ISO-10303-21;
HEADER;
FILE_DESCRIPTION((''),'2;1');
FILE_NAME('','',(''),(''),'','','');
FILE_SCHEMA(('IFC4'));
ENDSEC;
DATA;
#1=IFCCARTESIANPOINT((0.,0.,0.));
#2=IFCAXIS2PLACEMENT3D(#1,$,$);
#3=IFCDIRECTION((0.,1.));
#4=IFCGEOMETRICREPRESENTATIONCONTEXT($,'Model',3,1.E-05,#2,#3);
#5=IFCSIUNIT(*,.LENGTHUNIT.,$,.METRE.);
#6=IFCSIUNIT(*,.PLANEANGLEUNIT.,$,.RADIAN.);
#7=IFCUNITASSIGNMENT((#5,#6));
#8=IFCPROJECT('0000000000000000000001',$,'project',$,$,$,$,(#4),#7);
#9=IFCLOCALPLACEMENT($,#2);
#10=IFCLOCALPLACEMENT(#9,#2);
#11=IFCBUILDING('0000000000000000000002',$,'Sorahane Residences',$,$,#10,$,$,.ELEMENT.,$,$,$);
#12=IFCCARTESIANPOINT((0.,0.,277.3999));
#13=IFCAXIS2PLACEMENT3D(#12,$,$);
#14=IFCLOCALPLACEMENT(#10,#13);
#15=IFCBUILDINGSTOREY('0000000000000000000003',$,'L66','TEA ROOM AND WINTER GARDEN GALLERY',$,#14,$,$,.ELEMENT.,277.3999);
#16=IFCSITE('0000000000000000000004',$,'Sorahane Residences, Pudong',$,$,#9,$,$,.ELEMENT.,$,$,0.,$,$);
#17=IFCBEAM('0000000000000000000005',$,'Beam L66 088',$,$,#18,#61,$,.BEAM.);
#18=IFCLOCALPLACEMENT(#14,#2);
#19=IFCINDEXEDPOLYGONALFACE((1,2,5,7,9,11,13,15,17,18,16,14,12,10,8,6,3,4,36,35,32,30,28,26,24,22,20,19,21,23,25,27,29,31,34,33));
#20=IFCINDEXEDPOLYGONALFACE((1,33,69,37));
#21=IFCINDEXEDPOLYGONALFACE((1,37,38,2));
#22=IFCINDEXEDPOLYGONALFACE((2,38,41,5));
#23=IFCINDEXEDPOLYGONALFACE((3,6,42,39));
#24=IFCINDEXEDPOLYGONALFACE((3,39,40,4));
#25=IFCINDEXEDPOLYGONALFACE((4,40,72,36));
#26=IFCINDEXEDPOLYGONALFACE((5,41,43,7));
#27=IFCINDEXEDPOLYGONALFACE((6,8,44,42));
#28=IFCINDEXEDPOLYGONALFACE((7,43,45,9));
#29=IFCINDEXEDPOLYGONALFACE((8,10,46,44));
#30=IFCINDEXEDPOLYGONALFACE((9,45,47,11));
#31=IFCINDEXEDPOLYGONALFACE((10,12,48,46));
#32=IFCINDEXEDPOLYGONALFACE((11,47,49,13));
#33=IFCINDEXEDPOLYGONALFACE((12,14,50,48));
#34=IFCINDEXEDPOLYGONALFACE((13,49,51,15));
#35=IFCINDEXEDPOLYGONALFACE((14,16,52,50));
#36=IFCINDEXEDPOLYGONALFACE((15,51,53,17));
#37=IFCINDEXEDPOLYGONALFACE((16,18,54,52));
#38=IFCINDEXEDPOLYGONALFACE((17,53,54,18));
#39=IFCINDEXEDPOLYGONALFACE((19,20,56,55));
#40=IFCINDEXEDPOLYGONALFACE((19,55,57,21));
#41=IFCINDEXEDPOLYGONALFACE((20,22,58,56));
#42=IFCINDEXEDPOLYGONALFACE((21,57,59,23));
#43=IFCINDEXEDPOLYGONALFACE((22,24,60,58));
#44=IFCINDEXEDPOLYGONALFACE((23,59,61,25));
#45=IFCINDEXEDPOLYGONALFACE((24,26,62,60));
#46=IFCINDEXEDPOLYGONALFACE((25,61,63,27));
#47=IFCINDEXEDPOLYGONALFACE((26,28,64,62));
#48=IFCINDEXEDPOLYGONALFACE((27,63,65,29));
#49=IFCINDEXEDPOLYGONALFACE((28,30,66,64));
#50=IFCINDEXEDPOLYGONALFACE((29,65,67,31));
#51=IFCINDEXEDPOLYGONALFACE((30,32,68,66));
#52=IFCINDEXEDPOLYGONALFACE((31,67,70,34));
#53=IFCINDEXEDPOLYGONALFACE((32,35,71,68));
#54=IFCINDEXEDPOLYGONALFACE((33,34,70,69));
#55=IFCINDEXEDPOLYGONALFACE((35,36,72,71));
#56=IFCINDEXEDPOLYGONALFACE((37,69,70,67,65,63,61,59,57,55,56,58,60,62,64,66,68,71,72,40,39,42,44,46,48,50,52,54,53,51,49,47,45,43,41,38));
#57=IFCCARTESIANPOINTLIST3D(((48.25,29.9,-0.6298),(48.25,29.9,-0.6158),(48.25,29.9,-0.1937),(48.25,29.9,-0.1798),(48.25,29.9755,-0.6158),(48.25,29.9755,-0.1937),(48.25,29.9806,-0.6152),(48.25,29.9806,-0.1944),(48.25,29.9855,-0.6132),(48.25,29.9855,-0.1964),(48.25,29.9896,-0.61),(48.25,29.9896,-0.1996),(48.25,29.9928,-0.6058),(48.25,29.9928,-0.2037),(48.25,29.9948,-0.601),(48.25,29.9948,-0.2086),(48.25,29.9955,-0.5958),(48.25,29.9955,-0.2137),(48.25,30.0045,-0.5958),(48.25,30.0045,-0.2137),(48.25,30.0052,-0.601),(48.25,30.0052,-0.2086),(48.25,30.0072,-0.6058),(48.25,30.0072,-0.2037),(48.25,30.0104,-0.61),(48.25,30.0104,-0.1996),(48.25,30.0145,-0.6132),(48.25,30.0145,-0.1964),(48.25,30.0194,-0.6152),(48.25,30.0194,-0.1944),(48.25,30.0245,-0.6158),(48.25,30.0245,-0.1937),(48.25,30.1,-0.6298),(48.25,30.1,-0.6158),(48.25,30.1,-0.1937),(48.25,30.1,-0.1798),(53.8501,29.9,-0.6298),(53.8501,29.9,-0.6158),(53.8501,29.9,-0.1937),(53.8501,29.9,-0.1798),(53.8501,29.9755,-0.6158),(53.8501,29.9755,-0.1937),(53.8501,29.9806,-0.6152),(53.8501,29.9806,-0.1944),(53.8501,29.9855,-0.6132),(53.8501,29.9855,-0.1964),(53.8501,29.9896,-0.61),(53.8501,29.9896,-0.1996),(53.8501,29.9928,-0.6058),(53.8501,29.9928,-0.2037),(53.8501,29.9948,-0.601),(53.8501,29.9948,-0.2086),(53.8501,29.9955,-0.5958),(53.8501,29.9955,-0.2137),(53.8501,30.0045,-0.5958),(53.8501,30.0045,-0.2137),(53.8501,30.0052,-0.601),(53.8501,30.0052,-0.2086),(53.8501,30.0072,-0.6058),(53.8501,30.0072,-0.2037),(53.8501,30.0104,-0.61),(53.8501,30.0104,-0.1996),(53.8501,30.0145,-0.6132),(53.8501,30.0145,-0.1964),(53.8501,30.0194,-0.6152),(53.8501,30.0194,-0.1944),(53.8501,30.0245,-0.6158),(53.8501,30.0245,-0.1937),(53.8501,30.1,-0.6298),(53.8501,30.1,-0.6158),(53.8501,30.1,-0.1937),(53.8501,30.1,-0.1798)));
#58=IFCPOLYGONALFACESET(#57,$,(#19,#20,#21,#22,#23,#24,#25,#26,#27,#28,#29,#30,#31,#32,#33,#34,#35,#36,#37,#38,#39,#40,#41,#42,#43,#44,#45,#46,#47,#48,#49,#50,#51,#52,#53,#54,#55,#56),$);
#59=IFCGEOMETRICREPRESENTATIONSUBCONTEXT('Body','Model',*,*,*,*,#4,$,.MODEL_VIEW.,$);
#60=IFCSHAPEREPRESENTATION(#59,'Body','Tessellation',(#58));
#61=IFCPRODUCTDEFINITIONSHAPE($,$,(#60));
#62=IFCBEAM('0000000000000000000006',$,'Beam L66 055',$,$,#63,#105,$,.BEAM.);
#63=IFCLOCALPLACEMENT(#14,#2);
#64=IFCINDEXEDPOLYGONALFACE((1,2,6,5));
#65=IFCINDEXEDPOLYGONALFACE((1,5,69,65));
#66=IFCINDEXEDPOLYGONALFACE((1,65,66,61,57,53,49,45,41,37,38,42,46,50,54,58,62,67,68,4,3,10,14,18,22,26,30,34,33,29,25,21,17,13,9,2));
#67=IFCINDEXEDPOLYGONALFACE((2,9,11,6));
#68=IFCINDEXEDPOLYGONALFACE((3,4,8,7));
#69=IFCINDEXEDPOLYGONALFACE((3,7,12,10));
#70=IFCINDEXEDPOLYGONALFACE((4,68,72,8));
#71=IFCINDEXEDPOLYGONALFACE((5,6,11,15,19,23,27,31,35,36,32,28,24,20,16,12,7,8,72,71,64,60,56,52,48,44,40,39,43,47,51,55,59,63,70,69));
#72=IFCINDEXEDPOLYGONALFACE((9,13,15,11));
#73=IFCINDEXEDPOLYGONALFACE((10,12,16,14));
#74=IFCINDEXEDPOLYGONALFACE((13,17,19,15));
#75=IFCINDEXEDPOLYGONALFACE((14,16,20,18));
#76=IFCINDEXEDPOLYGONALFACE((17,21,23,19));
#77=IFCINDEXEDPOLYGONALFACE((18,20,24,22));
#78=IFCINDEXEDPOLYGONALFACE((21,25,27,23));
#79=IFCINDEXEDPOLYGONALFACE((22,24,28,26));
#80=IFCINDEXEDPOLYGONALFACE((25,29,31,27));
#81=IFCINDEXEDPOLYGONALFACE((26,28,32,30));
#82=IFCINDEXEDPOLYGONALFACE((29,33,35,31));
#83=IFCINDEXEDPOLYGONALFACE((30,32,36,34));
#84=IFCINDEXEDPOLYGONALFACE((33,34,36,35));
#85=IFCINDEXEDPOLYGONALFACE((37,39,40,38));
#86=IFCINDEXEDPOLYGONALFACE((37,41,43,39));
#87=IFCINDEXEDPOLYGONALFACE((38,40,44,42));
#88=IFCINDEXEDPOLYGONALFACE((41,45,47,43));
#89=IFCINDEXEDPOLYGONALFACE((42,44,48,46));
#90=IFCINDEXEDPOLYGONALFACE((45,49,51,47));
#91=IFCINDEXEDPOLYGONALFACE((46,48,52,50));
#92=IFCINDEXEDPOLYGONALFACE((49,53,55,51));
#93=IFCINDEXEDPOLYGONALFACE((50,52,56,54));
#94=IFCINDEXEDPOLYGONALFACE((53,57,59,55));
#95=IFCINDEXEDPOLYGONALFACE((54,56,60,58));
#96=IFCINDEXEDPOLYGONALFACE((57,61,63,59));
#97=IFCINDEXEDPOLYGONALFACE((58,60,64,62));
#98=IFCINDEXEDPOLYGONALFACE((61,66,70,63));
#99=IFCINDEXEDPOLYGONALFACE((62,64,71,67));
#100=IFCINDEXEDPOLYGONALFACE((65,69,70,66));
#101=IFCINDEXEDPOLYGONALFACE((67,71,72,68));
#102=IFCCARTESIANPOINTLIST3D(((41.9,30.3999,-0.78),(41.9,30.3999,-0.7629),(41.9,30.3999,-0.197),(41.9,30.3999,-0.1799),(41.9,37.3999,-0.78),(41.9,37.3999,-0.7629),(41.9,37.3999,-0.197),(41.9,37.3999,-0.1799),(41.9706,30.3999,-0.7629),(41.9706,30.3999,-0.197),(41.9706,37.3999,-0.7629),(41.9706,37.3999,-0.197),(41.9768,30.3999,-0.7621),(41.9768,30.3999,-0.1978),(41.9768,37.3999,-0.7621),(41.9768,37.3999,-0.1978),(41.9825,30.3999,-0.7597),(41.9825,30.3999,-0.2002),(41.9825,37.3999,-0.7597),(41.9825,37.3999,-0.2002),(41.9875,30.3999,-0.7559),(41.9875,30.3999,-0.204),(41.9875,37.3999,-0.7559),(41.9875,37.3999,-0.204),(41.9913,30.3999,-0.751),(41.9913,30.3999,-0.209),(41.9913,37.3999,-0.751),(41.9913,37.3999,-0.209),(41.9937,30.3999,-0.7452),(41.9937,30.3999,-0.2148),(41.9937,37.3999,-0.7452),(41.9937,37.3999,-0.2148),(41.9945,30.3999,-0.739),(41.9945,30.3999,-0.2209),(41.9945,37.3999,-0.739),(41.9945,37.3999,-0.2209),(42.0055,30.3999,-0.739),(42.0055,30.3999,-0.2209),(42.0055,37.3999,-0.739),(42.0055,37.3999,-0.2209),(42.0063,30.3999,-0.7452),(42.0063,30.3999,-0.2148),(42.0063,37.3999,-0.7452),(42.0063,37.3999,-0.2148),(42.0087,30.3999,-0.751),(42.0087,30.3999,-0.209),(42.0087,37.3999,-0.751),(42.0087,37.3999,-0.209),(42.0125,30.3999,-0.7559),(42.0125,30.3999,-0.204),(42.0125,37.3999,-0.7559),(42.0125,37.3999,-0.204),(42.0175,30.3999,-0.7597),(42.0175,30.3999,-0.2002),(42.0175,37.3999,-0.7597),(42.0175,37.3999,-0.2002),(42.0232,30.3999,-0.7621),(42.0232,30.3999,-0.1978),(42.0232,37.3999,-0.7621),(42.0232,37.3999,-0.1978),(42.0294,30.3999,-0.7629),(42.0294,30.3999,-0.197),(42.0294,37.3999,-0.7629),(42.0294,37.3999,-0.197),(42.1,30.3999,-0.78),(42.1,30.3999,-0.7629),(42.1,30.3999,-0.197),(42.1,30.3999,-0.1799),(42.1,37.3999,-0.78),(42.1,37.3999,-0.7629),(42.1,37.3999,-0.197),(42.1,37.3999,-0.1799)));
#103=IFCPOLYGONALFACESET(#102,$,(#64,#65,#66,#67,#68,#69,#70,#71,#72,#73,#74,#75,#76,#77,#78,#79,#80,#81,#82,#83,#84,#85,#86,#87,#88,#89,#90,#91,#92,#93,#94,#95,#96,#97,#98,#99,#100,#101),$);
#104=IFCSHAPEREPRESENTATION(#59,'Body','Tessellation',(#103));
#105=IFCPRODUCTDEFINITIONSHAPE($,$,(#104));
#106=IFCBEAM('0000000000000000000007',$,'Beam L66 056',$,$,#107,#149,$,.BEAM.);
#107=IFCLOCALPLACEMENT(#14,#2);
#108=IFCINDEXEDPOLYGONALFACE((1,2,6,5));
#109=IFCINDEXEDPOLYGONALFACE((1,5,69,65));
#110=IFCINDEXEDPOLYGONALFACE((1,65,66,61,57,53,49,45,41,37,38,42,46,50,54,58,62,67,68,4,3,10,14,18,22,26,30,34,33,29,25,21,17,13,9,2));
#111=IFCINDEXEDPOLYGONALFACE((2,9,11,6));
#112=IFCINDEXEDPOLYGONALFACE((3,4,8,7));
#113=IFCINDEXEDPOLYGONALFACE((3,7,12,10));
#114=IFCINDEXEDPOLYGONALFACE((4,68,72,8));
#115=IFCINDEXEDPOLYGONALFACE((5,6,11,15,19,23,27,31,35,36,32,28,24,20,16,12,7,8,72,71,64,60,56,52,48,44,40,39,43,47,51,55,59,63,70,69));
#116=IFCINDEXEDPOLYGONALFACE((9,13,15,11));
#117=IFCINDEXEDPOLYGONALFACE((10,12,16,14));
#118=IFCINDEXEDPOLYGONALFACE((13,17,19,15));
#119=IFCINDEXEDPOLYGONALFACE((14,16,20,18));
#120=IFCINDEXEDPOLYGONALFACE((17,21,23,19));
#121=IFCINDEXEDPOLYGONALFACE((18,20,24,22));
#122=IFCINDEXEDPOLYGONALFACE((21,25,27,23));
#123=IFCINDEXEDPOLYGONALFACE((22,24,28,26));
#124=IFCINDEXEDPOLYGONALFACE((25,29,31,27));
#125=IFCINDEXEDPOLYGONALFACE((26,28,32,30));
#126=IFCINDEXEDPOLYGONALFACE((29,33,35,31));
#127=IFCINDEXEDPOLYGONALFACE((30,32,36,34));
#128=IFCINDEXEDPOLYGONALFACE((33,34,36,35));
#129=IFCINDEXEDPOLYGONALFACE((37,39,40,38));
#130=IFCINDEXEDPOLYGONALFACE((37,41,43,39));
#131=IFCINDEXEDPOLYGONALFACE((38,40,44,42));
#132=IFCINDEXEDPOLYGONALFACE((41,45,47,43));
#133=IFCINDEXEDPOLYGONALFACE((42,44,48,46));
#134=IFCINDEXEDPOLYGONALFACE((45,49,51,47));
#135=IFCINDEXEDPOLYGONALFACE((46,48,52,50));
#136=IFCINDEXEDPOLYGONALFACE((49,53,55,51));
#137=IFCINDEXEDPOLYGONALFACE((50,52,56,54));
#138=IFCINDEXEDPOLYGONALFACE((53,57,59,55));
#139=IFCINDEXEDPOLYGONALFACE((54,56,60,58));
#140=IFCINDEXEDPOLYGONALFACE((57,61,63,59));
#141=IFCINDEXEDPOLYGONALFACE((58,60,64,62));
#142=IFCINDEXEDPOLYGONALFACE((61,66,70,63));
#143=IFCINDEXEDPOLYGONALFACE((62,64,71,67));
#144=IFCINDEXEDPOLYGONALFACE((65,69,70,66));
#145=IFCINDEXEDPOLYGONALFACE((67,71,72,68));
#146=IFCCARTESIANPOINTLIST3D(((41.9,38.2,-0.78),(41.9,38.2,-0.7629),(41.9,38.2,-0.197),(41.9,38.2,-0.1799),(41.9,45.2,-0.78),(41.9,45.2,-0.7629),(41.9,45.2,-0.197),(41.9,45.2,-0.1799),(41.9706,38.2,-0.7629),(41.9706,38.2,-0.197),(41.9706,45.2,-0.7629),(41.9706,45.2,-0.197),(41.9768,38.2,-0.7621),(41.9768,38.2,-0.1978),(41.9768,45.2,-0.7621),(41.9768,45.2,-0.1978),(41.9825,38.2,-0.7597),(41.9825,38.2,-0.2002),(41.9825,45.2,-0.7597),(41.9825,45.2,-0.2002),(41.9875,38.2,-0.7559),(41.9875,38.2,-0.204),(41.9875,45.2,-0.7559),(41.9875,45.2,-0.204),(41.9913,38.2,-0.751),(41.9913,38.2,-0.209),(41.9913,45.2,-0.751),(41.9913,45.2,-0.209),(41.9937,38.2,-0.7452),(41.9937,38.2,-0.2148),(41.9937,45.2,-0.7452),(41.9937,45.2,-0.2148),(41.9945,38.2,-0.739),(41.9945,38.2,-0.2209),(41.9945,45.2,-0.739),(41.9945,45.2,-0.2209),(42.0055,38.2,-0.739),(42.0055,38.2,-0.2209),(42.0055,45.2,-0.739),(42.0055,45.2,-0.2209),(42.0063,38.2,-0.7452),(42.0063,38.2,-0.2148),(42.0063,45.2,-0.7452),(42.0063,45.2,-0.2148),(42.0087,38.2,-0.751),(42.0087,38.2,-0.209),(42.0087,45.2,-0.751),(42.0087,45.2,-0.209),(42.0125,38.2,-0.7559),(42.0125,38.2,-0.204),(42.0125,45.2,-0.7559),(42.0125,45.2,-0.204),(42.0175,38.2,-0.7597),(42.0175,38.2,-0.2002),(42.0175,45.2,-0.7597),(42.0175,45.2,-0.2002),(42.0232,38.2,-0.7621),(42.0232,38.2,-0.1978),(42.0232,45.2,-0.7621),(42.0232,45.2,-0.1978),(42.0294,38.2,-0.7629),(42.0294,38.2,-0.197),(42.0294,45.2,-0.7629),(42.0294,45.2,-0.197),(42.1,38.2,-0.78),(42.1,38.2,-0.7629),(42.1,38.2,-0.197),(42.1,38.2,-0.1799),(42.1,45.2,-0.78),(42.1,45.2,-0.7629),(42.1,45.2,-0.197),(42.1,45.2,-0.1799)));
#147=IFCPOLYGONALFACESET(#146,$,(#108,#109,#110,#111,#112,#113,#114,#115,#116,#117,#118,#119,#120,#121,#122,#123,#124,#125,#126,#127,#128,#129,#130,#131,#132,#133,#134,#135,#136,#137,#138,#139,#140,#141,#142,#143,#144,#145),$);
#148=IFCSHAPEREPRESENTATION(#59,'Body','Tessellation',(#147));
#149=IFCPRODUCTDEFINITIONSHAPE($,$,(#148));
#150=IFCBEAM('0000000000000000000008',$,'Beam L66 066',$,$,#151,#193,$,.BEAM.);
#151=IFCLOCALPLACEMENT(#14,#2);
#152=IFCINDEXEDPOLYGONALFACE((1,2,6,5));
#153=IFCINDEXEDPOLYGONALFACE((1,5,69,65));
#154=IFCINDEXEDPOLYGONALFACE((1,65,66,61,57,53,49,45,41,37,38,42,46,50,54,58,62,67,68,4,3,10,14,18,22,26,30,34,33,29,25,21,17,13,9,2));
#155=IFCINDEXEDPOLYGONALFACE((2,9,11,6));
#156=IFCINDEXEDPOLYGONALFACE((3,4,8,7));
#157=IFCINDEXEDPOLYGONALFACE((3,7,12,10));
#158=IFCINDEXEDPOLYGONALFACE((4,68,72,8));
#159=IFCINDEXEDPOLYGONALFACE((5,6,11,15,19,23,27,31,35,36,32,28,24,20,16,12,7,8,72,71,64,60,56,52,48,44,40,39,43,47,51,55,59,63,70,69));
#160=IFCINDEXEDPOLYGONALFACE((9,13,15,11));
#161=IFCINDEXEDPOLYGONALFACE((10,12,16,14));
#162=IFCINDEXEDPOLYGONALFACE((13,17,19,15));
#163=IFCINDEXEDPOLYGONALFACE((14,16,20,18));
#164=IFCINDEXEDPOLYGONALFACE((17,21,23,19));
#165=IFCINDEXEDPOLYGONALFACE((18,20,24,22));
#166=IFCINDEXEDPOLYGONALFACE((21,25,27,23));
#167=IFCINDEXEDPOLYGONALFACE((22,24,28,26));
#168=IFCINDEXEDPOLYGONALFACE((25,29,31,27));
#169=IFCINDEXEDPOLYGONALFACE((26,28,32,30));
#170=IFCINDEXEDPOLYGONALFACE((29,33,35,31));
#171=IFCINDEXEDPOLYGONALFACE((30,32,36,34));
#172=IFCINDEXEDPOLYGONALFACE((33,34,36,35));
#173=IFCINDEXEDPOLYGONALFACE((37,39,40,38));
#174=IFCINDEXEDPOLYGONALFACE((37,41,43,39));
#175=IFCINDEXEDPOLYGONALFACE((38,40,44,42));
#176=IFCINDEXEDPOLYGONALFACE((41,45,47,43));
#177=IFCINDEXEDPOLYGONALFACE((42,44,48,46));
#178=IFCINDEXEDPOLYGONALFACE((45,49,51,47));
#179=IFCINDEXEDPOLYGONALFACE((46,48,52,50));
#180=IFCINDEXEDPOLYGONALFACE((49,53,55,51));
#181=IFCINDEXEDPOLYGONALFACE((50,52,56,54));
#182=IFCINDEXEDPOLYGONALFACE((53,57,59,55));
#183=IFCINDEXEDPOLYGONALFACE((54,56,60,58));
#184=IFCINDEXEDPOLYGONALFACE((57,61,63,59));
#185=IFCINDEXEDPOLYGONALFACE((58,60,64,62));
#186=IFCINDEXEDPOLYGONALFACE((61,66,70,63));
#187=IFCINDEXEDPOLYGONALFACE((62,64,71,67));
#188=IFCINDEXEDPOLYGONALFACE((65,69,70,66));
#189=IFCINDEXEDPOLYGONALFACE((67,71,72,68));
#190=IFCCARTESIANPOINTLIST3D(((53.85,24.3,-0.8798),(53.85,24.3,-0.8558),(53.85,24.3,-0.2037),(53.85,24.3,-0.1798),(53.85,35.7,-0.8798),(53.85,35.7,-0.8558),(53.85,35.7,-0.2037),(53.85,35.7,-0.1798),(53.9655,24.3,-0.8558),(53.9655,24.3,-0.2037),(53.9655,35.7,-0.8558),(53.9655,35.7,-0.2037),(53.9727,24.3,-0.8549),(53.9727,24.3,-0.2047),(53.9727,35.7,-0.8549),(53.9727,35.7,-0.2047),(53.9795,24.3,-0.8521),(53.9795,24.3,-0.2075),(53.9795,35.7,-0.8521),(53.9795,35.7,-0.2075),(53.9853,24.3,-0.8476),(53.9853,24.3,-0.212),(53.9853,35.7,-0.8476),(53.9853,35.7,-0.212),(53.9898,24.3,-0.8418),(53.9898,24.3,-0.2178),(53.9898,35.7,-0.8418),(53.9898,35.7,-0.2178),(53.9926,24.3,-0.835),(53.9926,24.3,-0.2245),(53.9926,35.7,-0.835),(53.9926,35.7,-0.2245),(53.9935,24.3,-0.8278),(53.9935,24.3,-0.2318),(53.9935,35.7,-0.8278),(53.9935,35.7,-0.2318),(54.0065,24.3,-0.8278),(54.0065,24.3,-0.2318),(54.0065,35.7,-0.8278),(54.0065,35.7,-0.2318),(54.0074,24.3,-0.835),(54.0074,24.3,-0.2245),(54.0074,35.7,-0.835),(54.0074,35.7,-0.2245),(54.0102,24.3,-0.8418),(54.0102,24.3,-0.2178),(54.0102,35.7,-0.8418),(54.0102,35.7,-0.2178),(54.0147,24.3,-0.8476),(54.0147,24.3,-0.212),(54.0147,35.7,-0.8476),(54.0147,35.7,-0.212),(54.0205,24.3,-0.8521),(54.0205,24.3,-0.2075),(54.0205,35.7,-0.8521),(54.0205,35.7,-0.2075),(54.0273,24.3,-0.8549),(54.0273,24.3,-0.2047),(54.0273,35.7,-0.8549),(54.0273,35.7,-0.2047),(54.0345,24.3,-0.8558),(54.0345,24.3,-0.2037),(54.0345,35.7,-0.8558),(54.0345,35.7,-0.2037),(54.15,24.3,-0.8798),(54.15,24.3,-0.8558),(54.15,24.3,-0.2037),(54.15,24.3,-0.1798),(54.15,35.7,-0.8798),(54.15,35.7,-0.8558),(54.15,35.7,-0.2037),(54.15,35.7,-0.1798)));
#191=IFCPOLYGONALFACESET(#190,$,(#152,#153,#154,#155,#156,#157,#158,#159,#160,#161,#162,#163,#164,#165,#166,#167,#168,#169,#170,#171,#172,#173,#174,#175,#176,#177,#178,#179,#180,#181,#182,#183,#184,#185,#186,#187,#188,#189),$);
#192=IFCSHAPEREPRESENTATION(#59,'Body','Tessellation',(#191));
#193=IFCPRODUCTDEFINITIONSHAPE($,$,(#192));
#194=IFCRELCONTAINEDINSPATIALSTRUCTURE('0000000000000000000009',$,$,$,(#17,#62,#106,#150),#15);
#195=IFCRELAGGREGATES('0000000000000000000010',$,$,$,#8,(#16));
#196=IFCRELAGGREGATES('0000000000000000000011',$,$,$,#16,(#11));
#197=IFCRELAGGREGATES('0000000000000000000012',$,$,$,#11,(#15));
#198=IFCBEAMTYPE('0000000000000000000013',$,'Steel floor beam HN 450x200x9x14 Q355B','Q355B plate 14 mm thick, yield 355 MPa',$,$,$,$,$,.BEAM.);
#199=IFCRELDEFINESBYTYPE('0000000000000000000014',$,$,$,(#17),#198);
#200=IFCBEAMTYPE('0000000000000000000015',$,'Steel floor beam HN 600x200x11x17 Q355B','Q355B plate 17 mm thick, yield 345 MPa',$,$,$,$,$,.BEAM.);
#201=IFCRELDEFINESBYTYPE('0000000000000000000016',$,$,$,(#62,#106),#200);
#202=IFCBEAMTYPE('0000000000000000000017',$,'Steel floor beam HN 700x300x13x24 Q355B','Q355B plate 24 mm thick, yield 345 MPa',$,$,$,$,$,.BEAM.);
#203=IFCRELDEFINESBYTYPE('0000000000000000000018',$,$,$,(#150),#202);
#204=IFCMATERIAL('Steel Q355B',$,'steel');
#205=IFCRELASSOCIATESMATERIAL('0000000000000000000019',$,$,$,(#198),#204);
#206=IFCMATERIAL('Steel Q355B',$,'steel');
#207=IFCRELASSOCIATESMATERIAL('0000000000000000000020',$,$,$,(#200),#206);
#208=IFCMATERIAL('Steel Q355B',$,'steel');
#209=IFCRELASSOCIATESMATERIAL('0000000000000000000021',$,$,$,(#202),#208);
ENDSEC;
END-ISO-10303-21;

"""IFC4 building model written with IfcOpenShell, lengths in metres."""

from ifc_helpers import new_model, si_unit, direction, frame, origin, origin_2d, place, context, subcontext, project, spatial, i_section, extrude, material, material_profile, profile_set, type_object, element, save


model = new_model("IFC4")

# Units and contexts
model_context = context("Model", 3, precision=1e-05, world=origin(), true_north=direction((0.0, 1.0)))
body_context = subcontext(model_context, "Body", "Model", "MODEL_VIEW")
ifc_project = project(units=[si_unit("LENGTHUNIT", "METRE"), si_unit("PLANEANGLEUNIT", "RADIAN")], contexts=[model_context])

# Site, building, storey
site_placement = place(None, origin())
site = spatial("IfcSite", under=ifc_project, at=site_placement, Name="Sorahane Residences, Pudong", CompositionType="ELEMENT", RefElevation=0.0)
building_placement = place(site_placement, origin())
building = spatial("IfcBuilding", under=site, at=building_placement, Name="Sorahane Residences", CompositionType="ELEMENT")
storey_placement = place(building_placement, frame((0.0, 0.0, 277.3999)))
storey = spatial("IfcBuildingStorey", under=building, at=storey_placement, Name="L66", Description="TEA ROOM AND WINTER GARDEN GALLERY", CompositionType="ELEMENT", Elevation=277.3999)

# Beams
ifc_material_1 = material(Name="Steel Q355B", Category="steel")
ifc_material_profile_1 = material_profile(ifc_material_1, i_section(OverallWidth=0.2, OverallDepth=0.45, WebThickness=0.009, FlangeThickness=0.0139, FilletRadius=0.02, at=origin_2d()), Name="HN 450x200x9x14")
ifc_profile_set_1 = profile_set([ifc_material_profile_1], Name="Steel Q355B")
beam_type_1 = type_object("IfcBeamType", Name="Steel floor beam HN 450x200x9x14 Q355B", Description="Q355B plate 14 mm thick, yield 355 MPa", PredefinedType="BEAM", material=ifc_profile_set_1)
beam_1_placement = place(storey_placement, frame((48.25, 30.0, -0.4048), z_axis=(1.0, 0.0, 0.0), x_axis=(0.0, 1.0, 0.0)))
element("IfcBeam", 1, at=beam_1_placement, inside=storey, type_object=beam_type_1, Name="Beam L66 088", PredefinedType="BEAM", context=body_context, shape_type="SweptSolid", body=[
    extrude(i_section(OverallWidth=0.2, OverallDepth=0.45, WebThickness=0.009, FlangeThickness=0.0139, FilletRadius=0.02, at=origin_2d()), origin(), (0.0, 0.0, 1.0), 5.6001),
])
ifc_material_2 = material(Name="Steel Q355B", Category="steel")
ifc_material_profile_2 = material_profile(ifc_material_2, i_section(OverallWidth=0.2, OverallDepth=0.6001, WebThickness=0.011, FlangeThickness=0.0171, FilletRadius=0.0239, at=origin_2d()), Name="HN 600x200x11x17")
ifc_profile_set_2 = profile_set([ifc_material_profile_2], Name="Steel Q355B")
beam_type_2 = type_object("IfcBeamType", Name="Steel floor beam HN 600x200x11x17 Q355B", Description="Q355B plate 17 mm thick, yield 345 MPa", PredefinedType="BEAM", material=ifc_profile_set_2)
for number, where, z_axis, x_axis, name in (
    (2, (42.0, 30.3999, -0.48), (0.0, 1.0, 0.0), (-1.0, 0.0, 0.0), "Beam L66 055"),
    (3, (42.0, 38.2, -0.48), (0.0, 1.0, 0.0), (-1.0, 0.0, 0.0), "Beam L66 056"),
):
    element("IfcBeam", number, at=place(storey_placement, frame(where, z_axis=z_axis, x_axis=x_axis)), inside=storey, type_object=beam_type_2, Name=name, PredefinedType="BEAM", context=body_context, shape_type="SweptSolid", body=[
        extrude(i_section(OverallWidth=0.2, OverallDepth=0.6001, WebThickness=0.011, FlangeThickness=0.0171, FilletRadius=0.0239, at=origin_2d()), origin(), (0.0, 0.0, 1.0), 7.0),
    ])
ifc_material_3 = material(Name="Steel Q355B", Category="steel")
ifc_material_profile_3 = material_profile(ifc_material_3, i_section(OverallWidth=0.3, OverallDepth=0.7, WebThickness=0.0129, FlangeThickness=0.0239, FilletRadius=0.0281, at=origin_2d()), Name="HN 700x300x13x24")
ifc_profile_set_3 = profile_set([ifc_material_profile_3], Name="Steel Q355B")
beam_type_3 = type_object("IfcBeamType", Name="Steel floor beam HN 700x300x13x24 Q355B", Description="Q355B plate 24 mm thick, yield 345 MPa", PredefinedType="BEAM", material=ifc_profile_set_3)
beam_2_placement = place(storey_placement, frame((54.0, 24.3, -0.5298), z_axis=(0.0, 1.0, 0.0), x_axis=(-1.0, 0.0, 0.0)))
element("IfcBeam", 4, at=beam_2_placement, inside=storey, type_object=beam_type_3, Name="Beam L66 066", PredefinedType="BEAM", context=body_context, shape_type="SweptSolid", body=[
    extrude(i_section(OverallWidth=0.3, OverallDepth=0.7, WebThickness=0.0129, FlangeThickness=0.0239, FilletRadius=0.0281, at=origin_2d()), origin(), (0.0, 0.0, 1.0), 11.3999),
])

save(model, "model.ifc")
